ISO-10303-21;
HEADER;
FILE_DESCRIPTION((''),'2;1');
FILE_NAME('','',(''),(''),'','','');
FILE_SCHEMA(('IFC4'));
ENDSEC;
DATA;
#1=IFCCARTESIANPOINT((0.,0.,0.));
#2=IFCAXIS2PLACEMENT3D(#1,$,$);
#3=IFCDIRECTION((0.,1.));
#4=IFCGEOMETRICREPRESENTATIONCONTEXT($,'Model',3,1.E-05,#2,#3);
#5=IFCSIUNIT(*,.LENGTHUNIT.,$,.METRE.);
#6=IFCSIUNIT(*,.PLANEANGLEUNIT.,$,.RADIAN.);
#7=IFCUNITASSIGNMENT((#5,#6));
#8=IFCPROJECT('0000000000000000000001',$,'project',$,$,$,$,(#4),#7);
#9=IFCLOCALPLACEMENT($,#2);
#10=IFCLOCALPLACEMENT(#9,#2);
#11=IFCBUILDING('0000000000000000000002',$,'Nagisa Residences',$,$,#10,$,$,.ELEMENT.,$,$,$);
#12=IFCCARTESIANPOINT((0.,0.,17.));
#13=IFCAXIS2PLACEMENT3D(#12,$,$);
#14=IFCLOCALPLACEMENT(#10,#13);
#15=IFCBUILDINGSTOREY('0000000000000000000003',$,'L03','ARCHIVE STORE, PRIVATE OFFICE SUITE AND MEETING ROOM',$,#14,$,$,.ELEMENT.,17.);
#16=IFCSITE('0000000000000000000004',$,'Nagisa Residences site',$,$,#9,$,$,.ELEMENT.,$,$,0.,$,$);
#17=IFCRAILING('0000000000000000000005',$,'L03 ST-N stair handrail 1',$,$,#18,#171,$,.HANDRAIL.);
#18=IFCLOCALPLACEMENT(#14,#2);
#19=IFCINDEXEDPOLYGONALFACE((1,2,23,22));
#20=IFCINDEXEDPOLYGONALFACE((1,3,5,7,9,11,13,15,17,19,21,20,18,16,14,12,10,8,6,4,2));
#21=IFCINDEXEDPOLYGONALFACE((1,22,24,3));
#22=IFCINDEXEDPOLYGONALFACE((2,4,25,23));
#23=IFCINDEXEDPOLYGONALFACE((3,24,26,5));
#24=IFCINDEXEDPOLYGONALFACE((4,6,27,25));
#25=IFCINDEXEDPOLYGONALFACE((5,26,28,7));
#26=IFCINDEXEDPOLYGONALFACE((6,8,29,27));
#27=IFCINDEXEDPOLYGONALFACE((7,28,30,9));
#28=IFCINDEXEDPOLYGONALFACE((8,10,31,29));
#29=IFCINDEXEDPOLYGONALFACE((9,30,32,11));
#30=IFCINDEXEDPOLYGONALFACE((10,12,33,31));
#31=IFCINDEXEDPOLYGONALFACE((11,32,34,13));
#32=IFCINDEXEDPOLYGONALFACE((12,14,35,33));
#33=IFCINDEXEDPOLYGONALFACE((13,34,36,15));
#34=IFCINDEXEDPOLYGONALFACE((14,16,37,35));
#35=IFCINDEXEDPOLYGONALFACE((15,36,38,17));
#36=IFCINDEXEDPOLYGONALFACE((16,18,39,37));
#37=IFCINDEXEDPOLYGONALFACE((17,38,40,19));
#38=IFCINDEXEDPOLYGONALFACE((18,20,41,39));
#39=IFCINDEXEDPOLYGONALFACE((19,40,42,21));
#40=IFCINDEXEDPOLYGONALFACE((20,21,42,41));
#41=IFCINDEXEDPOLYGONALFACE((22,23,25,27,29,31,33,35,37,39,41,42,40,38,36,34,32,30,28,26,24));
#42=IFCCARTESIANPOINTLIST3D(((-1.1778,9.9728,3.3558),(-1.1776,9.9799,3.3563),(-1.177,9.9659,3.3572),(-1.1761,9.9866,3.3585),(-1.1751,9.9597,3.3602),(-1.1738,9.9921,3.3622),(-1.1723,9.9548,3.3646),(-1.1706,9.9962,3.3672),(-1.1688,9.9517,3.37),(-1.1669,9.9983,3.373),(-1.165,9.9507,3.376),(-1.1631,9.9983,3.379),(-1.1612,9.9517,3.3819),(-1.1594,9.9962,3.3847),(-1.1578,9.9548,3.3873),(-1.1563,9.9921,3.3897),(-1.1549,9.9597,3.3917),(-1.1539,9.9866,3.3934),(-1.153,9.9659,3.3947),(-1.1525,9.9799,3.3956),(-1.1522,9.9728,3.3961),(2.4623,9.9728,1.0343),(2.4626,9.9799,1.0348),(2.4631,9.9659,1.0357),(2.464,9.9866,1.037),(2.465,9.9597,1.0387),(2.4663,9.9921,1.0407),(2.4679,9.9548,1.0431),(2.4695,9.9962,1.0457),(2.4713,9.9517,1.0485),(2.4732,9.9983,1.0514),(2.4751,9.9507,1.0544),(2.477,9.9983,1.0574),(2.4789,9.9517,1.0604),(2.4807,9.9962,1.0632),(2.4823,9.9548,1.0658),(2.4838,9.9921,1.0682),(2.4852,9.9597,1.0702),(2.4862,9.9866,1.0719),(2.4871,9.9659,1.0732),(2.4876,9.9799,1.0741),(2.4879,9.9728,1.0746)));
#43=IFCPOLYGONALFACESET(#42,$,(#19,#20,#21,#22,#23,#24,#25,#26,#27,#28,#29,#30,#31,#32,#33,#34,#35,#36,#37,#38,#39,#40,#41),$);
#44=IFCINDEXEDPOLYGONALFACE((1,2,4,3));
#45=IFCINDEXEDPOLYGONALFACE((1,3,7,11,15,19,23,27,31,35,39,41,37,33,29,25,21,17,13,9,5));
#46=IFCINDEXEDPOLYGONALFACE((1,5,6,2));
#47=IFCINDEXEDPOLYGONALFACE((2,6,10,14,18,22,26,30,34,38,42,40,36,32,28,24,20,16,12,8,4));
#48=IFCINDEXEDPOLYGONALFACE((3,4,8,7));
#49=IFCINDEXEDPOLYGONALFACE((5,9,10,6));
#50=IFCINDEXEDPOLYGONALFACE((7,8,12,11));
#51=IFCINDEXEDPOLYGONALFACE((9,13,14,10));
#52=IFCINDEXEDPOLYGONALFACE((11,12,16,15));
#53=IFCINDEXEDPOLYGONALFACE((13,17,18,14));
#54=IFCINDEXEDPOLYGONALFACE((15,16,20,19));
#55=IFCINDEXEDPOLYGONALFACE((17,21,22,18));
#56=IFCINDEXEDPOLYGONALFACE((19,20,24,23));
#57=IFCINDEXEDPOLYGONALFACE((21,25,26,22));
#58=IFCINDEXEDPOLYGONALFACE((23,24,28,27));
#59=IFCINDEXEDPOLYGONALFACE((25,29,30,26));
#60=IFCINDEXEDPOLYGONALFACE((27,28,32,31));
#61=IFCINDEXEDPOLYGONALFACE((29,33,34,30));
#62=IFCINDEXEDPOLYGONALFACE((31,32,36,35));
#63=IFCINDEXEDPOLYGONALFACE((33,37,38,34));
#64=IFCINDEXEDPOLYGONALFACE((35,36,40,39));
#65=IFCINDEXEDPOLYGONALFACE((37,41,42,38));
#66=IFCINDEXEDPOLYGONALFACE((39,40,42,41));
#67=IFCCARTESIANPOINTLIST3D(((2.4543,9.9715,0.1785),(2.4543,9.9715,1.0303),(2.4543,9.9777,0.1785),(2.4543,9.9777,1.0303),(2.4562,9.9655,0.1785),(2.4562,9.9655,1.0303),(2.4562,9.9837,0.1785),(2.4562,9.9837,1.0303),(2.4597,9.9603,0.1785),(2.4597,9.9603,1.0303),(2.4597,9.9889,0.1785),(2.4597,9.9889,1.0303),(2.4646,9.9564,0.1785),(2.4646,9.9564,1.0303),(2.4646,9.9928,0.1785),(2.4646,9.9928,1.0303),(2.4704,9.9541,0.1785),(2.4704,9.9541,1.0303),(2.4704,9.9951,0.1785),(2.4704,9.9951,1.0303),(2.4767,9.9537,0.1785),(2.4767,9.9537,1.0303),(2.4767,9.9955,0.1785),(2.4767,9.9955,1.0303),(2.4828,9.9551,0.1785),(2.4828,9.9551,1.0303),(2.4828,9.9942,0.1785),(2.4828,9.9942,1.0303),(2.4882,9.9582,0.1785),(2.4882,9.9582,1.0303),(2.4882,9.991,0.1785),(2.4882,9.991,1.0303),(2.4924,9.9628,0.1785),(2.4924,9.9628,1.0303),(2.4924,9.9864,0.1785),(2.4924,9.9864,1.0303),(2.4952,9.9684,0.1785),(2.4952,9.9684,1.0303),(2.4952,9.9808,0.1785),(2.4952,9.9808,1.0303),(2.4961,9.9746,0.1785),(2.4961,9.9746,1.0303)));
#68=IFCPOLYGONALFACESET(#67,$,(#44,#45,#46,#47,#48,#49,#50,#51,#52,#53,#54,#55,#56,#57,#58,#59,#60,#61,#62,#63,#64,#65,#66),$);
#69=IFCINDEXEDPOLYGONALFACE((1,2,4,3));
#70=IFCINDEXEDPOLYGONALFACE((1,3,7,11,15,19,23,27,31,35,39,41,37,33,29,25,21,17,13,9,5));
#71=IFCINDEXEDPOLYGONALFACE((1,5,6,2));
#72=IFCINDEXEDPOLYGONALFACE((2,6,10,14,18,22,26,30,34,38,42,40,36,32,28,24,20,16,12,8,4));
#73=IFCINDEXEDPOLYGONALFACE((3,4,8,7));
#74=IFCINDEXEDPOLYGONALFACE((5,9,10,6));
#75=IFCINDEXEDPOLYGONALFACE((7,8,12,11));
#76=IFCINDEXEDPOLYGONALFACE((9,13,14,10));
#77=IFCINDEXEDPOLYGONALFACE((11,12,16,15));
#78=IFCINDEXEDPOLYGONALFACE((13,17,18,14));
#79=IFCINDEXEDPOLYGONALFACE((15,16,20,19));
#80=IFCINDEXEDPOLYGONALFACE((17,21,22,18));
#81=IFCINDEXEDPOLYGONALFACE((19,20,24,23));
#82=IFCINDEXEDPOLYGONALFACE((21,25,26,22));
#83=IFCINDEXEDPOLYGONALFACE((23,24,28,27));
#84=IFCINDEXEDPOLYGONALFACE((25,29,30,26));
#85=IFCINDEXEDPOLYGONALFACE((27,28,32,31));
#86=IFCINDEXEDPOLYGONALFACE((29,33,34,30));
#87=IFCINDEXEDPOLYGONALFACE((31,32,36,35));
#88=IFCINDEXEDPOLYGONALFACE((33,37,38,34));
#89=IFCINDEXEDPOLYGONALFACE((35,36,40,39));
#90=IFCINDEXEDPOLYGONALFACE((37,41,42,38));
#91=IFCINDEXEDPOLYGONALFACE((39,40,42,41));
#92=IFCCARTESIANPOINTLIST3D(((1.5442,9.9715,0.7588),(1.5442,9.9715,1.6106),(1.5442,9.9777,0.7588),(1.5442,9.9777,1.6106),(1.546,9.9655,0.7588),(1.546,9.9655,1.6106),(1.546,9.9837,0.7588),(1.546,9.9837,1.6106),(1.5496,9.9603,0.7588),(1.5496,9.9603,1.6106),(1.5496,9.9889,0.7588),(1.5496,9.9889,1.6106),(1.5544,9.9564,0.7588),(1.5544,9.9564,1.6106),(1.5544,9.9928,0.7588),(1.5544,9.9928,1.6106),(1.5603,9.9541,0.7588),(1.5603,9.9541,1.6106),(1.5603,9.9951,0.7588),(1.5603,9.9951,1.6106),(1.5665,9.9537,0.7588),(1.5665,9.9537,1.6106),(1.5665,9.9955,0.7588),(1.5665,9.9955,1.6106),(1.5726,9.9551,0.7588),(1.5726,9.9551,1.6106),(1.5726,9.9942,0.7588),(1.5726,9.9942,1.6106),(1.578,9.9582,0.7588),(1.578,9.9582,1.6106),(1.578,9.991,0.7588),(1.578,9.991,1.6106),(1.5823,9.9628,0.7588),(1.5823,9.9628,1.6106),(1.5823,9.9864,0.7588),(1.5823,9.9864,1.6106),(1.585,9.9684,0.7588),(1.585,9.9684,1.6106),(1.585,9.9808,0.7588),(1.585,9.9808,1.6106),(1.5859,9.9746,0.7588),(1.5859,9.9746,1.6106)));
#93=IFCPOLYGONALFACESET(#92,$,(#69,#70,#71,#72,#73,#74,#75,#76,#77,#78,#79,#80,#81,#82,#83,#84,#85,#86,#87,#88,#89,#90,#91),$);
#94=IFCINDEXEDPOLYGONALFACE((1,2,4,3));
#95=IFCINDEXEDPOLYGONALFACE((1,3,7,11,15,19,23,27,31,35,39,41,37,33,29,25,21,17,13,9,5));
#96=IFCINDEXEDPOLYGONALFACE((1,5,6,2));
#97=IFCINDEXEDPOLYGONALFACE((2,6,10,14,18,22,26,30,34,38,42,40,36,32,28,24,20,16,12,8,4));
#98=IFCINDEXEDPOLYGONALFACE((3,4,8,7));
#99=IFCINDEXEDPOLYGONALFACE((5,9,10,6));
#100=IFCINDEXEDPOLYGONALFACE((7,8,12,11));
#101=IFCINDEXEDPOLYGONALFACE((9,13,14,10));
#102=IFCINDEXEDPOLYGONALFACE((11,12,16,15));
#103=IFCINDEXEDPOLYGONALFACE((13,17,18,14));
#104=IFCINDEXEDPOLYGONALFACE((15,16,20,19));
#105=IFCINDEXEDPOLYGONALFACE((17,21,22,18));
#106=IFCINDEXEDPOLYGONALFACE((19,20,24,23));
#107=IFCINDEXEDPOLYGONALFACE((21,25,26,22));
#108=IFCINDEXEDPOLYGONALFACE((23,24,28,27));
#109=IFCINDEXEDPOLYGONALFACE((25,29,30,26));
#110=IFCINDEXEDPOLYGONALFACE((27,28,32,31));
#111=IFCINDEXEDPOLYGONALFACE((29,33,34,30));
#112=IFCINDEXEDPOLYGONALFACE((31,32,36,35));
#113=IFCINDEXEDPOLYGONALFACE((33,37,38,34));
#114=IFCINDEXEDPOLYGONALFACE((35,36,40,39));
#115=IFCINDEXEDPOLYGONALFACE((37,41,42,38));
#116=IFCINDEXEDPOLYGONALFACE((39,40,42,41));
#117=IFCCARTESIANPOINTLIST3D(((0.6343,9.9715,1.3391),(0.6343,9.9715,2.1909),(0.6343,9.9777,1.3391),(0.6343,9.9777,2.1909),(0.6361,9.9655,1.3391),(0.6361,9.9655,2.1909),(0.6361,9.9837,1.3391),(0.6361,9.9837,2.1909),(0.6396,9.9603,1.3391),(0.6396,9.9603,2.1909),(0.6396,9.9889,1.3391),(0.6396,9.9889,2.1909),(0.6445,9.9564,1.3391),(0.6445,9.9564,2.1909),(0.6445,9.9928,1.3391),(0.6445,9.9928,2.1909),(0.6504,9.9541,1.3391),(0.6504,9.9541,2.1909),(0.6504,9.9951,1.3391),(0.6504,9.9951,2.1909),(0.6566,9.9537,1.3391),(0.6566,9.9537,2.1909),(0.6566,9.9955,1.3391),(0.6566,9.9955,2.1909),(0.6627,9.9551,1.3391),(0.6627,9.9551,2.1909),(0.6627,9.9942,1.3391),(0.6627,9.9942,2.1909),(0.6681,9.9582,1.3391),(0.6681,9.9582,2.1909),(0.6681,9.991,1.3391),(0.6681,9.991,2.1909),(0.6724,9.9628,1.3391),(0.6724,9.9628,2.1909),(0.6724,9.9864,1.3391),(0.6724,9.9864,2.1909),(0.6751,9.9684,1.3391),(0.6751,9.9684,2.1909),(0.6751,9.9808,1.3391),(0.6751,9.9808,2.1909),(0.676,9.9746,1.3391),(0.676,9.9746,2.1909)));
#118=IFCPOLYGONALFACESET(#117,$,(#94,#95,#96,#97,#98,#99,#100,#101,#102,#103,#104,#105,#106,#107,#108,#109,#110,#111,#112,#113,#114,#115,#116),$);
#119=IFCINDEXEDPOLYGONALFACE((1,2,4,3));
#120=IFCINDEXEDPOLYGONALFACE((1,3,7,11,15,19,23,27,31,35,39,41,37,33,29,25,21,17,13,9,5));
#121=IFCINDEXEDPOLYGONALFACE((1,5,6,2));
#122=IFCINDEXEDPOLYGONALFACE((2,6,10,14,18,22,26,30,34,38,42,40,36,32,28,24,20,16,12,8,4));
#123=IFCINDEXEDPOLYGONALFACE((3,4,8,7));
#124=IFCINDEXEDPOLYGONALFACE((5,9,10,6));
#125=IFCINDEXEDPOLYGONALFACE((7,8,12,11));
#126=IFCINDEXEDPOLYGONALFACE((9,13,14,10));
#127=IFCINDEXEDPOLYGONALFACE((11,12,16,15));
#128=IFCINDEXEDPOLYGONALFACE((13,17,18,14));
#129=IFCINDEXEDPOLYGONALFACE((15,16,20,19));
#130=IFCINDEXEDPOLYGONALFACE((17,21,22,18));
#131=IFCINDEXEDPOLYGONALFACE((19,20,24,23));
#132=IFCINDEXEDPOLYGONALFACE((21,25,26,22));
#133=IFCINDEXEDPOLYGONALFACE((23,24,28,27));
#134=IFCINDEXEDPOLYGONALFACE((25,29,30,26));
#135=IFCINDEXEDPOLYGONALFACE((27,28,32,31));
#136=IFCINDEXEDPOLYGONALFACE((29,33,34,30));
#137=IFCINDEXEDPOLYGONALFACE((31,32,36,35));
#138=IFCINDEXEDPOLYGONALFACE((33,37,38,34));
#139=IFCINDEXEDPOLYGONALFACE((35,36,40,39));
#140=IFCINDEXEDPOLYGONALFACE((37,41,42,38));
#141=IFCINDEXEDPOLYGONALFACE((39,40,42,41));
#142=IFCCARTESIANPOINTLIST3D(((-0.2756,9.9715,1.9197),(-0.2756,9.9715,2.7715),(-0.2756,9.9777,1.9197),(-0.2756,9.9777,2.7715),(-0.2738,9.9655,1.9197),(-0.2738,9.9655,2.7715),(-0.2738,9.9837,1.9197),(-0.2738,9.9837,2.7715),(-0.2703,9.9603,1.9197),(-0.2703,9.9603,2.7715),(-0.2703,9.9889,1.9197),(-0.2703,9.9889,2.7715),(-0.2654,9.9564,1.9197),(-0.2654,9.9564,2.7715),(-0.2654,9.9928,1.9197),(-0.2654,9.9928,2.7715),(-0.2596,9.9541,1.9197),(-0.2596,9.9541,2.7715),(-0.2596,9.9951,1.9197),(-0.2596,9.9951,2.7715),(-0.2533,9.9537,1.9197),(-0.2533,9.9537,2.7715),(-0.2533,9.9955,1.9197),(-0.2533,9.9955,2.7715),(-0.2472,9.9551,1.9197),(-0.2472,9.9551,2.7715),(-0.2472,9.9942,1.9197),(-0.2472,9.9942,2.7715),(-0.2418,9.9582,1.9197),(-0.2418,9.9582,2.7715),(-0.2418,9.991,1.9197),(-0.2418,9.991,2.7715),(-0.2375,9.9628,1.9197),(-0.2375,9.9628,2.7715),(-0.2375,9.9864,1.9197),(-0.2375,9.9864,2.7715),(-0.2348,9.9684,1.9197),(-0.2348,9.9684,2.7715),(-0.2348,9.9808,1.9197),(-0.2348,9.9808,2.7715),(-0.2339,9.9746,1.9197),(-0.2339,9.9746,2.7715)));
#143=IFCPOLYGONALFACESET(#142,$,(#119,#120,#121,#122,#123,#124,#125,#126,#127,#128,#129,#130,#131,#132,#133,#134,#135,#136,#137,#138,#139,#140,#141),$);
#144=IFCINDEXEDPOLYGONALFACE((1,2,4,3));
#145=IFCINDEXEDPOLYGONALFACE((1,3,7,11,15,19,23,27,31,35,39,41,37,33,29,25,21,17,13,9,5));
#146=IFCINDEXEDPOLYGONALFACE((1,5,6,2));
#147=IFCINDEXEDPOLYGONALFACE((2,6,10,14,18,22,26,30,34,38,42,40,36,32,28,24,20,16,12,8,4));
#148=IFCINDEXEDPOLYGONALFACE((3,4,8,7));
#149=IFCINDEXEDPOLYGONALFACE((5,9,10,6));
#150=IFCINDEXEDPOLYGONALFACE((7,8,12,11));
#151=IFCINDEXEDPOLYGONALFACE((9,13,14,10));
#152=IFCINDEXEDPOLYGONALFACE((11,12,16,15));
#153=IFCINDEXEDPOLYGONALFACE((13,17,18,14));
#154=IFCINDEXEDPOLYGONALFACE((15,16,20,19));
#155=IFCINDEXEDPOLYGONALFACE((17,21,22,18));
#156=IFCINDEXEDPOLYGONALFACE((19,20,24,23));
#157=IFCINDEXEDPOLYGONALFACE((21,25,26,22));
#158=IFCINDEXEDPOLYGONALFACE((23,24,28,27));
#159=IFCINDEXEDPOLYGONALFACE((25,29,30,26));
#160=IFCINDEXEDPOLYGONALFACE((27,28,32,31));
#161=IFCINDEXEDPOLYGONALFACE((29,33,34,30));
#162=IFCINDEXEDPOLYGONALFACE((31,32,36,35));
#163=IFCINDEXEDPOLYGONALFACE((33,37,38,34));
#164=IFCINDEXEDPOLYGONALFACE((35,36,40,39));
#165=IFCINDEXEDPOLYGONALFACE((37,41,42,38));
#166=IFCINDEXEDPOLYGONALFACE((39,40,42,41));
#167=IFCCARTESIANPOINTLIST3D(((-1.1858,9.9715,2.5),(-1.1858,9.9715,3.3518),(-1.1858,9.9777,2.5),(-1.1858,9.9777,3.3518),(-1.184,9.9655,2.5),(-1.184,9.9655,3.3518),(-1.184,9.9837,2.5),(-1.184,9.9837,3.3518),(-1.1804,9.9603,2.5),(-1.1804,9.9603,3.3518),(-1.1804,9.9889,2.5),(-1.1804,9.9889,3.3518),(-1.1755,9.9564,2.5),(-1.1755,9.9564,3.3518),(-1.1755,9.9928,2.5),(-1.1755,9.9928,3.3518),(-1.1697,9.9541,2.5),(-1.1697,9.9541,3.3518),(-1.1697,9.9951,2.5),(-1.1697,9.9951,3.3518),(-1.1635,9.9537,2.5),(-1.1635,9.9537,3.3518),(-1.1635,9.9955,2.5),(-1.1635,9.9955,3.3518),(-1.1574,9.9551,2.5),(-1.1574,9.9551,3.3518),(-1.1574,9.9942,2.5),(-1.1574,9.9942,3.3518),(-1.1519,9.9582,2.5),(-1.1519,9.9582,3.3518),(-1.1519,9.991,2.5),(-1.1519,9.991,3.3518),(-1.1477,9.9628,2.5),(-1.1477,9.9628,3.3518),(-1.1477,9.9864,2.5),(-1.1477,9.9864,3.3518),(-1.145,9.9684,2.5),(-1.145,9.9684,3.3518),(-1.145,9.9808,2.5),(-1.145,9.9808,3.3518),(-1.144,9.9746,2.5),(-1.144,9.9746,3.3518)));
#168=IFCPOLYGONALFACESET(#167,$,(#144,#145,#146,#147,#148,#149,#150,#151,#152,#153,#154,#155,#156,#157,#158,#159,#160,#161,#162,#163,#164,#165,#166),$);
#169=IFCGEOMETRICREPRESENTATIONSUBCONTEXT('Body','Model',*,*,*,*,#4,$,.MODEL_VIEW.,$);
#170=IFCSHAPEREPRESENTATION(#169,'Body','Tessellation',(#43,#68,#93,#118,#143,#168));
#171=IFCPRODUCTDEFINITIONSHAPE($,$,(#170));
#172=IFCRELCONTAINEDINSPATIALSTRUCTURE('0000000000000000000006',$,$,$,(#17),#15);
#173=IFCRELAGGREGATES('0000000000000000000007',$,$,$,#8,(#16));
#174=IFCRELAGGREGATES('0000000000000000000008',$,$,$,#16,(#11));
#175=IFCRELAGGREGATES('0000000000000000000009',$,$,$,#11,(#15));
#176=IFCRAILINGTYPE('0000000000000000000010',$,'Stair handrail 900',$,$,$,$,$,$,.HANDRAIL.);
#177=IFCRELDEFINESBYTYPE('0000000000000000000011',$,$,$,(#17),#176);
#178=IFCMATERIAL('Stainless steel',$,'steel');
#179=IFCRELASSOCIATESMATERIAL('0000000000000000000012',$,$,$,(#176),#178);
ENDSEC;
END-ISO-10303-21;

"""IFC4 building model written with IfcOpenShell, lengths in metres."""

from ifc_helpers import new_model, si_unit, direction, frame, origin, origin_2d, place, context, subcontext, project, spatial, circle, extrude, material, type_object, element, save


model = new_model("IFC4")

# Units and contexts
model_context = context("Model", 3, precision=1e-05, world=origin(), true_north=direction((0.0, 1.0)))
body_context = subcontext(model_context, "Body", "Model", "MODEL_VIEW")
ifc_project = project(units=[si_unit("LENGTHUNIT", "METRE"), si_unit("PLANEANGLEUNIT", "RADIAN")], contexts=[model_context])

# Site, building, storey
site_placement = place(None, origin())
site = spatial("IfcSite", under=ifc_project, at=site_placement, Name="Nagisa Residences site", CompositionType="ELEMENT", RefElevation=0.0)
building_placement = place(site_placement, origin())
building = spatial("IfcBuilding", under=site, at=building_placement, Name="Nagisa Residences", CompositionType="ELEMENT")
storey_placement = place(building_placement, frame((0.0, 0.0, 17.0)))
storey = spatial("IfcBuildingStorey", under=building, at=storey_placement, Name="L03", Description="ARCHIVE STORE, PRIVATE OFFICE SUITE AND MEETING ROOM", CompositionType="ELEMENT", Elevation=17.0)

# Railing
ifc_material_1 = material(Name="Stainless steel", Category="steel")
railing_type_1 = type_object("IfcRailingType", Name="Stair handrail 900", PredefinedType="HANDRAIL", material=ifc_material_1)
railing_1_placement = place(storey_placement, frame((2.4751, 9.9746, 0.1785)))
element("IfcRailing", 1, at=railing_1_placement, inside=storey, type_object=railing_type_1, Name="L03 ST-N stair handrail 1", PredefinedType="HANDRAIL", context=body_context, shape_type="SweptSolid", body=[
    extrude(circle(Radius=0.0239, at=origin_2d()), frame((0.0, 0.0, 0.876), z_axis=(-0.843128, 0.0, 0.537713), x_axis=(0.0, -1.0, 0.0)), (0.0, 0.0, 1.0), 4.3174),
    extrude(circle(Radius=0.021, at=origin_2d()), origin(), (0.0, 0.0, 1.0), 0.8518),
    extrude(circle(Radius=0.021, at=origin_2d()), frame((-0.9102, 0.0, 0.5803)), (0.0, 0.0, 1.0), 0.8518),
    extrude(circle(Radius=0.021, at=origin_2d()), frame((-1.8201, 0.0, 1.1606)), (0.0, 0.0, 1.0), 0.8518),
    extrude(circle(Radius=0.021, at=origin_2d()), frame((-2.73, 0.0, 1.7412)), (0.0, 0.0, 1.0), 0.8518),
    extrude(circle(Radius=0.021, at=origin_2d()), frame((-3.6401, 0.0, 2.3215)), (0.0, 0.0, 1.0), 0.8518),
])

save(model, "model.ifc")
